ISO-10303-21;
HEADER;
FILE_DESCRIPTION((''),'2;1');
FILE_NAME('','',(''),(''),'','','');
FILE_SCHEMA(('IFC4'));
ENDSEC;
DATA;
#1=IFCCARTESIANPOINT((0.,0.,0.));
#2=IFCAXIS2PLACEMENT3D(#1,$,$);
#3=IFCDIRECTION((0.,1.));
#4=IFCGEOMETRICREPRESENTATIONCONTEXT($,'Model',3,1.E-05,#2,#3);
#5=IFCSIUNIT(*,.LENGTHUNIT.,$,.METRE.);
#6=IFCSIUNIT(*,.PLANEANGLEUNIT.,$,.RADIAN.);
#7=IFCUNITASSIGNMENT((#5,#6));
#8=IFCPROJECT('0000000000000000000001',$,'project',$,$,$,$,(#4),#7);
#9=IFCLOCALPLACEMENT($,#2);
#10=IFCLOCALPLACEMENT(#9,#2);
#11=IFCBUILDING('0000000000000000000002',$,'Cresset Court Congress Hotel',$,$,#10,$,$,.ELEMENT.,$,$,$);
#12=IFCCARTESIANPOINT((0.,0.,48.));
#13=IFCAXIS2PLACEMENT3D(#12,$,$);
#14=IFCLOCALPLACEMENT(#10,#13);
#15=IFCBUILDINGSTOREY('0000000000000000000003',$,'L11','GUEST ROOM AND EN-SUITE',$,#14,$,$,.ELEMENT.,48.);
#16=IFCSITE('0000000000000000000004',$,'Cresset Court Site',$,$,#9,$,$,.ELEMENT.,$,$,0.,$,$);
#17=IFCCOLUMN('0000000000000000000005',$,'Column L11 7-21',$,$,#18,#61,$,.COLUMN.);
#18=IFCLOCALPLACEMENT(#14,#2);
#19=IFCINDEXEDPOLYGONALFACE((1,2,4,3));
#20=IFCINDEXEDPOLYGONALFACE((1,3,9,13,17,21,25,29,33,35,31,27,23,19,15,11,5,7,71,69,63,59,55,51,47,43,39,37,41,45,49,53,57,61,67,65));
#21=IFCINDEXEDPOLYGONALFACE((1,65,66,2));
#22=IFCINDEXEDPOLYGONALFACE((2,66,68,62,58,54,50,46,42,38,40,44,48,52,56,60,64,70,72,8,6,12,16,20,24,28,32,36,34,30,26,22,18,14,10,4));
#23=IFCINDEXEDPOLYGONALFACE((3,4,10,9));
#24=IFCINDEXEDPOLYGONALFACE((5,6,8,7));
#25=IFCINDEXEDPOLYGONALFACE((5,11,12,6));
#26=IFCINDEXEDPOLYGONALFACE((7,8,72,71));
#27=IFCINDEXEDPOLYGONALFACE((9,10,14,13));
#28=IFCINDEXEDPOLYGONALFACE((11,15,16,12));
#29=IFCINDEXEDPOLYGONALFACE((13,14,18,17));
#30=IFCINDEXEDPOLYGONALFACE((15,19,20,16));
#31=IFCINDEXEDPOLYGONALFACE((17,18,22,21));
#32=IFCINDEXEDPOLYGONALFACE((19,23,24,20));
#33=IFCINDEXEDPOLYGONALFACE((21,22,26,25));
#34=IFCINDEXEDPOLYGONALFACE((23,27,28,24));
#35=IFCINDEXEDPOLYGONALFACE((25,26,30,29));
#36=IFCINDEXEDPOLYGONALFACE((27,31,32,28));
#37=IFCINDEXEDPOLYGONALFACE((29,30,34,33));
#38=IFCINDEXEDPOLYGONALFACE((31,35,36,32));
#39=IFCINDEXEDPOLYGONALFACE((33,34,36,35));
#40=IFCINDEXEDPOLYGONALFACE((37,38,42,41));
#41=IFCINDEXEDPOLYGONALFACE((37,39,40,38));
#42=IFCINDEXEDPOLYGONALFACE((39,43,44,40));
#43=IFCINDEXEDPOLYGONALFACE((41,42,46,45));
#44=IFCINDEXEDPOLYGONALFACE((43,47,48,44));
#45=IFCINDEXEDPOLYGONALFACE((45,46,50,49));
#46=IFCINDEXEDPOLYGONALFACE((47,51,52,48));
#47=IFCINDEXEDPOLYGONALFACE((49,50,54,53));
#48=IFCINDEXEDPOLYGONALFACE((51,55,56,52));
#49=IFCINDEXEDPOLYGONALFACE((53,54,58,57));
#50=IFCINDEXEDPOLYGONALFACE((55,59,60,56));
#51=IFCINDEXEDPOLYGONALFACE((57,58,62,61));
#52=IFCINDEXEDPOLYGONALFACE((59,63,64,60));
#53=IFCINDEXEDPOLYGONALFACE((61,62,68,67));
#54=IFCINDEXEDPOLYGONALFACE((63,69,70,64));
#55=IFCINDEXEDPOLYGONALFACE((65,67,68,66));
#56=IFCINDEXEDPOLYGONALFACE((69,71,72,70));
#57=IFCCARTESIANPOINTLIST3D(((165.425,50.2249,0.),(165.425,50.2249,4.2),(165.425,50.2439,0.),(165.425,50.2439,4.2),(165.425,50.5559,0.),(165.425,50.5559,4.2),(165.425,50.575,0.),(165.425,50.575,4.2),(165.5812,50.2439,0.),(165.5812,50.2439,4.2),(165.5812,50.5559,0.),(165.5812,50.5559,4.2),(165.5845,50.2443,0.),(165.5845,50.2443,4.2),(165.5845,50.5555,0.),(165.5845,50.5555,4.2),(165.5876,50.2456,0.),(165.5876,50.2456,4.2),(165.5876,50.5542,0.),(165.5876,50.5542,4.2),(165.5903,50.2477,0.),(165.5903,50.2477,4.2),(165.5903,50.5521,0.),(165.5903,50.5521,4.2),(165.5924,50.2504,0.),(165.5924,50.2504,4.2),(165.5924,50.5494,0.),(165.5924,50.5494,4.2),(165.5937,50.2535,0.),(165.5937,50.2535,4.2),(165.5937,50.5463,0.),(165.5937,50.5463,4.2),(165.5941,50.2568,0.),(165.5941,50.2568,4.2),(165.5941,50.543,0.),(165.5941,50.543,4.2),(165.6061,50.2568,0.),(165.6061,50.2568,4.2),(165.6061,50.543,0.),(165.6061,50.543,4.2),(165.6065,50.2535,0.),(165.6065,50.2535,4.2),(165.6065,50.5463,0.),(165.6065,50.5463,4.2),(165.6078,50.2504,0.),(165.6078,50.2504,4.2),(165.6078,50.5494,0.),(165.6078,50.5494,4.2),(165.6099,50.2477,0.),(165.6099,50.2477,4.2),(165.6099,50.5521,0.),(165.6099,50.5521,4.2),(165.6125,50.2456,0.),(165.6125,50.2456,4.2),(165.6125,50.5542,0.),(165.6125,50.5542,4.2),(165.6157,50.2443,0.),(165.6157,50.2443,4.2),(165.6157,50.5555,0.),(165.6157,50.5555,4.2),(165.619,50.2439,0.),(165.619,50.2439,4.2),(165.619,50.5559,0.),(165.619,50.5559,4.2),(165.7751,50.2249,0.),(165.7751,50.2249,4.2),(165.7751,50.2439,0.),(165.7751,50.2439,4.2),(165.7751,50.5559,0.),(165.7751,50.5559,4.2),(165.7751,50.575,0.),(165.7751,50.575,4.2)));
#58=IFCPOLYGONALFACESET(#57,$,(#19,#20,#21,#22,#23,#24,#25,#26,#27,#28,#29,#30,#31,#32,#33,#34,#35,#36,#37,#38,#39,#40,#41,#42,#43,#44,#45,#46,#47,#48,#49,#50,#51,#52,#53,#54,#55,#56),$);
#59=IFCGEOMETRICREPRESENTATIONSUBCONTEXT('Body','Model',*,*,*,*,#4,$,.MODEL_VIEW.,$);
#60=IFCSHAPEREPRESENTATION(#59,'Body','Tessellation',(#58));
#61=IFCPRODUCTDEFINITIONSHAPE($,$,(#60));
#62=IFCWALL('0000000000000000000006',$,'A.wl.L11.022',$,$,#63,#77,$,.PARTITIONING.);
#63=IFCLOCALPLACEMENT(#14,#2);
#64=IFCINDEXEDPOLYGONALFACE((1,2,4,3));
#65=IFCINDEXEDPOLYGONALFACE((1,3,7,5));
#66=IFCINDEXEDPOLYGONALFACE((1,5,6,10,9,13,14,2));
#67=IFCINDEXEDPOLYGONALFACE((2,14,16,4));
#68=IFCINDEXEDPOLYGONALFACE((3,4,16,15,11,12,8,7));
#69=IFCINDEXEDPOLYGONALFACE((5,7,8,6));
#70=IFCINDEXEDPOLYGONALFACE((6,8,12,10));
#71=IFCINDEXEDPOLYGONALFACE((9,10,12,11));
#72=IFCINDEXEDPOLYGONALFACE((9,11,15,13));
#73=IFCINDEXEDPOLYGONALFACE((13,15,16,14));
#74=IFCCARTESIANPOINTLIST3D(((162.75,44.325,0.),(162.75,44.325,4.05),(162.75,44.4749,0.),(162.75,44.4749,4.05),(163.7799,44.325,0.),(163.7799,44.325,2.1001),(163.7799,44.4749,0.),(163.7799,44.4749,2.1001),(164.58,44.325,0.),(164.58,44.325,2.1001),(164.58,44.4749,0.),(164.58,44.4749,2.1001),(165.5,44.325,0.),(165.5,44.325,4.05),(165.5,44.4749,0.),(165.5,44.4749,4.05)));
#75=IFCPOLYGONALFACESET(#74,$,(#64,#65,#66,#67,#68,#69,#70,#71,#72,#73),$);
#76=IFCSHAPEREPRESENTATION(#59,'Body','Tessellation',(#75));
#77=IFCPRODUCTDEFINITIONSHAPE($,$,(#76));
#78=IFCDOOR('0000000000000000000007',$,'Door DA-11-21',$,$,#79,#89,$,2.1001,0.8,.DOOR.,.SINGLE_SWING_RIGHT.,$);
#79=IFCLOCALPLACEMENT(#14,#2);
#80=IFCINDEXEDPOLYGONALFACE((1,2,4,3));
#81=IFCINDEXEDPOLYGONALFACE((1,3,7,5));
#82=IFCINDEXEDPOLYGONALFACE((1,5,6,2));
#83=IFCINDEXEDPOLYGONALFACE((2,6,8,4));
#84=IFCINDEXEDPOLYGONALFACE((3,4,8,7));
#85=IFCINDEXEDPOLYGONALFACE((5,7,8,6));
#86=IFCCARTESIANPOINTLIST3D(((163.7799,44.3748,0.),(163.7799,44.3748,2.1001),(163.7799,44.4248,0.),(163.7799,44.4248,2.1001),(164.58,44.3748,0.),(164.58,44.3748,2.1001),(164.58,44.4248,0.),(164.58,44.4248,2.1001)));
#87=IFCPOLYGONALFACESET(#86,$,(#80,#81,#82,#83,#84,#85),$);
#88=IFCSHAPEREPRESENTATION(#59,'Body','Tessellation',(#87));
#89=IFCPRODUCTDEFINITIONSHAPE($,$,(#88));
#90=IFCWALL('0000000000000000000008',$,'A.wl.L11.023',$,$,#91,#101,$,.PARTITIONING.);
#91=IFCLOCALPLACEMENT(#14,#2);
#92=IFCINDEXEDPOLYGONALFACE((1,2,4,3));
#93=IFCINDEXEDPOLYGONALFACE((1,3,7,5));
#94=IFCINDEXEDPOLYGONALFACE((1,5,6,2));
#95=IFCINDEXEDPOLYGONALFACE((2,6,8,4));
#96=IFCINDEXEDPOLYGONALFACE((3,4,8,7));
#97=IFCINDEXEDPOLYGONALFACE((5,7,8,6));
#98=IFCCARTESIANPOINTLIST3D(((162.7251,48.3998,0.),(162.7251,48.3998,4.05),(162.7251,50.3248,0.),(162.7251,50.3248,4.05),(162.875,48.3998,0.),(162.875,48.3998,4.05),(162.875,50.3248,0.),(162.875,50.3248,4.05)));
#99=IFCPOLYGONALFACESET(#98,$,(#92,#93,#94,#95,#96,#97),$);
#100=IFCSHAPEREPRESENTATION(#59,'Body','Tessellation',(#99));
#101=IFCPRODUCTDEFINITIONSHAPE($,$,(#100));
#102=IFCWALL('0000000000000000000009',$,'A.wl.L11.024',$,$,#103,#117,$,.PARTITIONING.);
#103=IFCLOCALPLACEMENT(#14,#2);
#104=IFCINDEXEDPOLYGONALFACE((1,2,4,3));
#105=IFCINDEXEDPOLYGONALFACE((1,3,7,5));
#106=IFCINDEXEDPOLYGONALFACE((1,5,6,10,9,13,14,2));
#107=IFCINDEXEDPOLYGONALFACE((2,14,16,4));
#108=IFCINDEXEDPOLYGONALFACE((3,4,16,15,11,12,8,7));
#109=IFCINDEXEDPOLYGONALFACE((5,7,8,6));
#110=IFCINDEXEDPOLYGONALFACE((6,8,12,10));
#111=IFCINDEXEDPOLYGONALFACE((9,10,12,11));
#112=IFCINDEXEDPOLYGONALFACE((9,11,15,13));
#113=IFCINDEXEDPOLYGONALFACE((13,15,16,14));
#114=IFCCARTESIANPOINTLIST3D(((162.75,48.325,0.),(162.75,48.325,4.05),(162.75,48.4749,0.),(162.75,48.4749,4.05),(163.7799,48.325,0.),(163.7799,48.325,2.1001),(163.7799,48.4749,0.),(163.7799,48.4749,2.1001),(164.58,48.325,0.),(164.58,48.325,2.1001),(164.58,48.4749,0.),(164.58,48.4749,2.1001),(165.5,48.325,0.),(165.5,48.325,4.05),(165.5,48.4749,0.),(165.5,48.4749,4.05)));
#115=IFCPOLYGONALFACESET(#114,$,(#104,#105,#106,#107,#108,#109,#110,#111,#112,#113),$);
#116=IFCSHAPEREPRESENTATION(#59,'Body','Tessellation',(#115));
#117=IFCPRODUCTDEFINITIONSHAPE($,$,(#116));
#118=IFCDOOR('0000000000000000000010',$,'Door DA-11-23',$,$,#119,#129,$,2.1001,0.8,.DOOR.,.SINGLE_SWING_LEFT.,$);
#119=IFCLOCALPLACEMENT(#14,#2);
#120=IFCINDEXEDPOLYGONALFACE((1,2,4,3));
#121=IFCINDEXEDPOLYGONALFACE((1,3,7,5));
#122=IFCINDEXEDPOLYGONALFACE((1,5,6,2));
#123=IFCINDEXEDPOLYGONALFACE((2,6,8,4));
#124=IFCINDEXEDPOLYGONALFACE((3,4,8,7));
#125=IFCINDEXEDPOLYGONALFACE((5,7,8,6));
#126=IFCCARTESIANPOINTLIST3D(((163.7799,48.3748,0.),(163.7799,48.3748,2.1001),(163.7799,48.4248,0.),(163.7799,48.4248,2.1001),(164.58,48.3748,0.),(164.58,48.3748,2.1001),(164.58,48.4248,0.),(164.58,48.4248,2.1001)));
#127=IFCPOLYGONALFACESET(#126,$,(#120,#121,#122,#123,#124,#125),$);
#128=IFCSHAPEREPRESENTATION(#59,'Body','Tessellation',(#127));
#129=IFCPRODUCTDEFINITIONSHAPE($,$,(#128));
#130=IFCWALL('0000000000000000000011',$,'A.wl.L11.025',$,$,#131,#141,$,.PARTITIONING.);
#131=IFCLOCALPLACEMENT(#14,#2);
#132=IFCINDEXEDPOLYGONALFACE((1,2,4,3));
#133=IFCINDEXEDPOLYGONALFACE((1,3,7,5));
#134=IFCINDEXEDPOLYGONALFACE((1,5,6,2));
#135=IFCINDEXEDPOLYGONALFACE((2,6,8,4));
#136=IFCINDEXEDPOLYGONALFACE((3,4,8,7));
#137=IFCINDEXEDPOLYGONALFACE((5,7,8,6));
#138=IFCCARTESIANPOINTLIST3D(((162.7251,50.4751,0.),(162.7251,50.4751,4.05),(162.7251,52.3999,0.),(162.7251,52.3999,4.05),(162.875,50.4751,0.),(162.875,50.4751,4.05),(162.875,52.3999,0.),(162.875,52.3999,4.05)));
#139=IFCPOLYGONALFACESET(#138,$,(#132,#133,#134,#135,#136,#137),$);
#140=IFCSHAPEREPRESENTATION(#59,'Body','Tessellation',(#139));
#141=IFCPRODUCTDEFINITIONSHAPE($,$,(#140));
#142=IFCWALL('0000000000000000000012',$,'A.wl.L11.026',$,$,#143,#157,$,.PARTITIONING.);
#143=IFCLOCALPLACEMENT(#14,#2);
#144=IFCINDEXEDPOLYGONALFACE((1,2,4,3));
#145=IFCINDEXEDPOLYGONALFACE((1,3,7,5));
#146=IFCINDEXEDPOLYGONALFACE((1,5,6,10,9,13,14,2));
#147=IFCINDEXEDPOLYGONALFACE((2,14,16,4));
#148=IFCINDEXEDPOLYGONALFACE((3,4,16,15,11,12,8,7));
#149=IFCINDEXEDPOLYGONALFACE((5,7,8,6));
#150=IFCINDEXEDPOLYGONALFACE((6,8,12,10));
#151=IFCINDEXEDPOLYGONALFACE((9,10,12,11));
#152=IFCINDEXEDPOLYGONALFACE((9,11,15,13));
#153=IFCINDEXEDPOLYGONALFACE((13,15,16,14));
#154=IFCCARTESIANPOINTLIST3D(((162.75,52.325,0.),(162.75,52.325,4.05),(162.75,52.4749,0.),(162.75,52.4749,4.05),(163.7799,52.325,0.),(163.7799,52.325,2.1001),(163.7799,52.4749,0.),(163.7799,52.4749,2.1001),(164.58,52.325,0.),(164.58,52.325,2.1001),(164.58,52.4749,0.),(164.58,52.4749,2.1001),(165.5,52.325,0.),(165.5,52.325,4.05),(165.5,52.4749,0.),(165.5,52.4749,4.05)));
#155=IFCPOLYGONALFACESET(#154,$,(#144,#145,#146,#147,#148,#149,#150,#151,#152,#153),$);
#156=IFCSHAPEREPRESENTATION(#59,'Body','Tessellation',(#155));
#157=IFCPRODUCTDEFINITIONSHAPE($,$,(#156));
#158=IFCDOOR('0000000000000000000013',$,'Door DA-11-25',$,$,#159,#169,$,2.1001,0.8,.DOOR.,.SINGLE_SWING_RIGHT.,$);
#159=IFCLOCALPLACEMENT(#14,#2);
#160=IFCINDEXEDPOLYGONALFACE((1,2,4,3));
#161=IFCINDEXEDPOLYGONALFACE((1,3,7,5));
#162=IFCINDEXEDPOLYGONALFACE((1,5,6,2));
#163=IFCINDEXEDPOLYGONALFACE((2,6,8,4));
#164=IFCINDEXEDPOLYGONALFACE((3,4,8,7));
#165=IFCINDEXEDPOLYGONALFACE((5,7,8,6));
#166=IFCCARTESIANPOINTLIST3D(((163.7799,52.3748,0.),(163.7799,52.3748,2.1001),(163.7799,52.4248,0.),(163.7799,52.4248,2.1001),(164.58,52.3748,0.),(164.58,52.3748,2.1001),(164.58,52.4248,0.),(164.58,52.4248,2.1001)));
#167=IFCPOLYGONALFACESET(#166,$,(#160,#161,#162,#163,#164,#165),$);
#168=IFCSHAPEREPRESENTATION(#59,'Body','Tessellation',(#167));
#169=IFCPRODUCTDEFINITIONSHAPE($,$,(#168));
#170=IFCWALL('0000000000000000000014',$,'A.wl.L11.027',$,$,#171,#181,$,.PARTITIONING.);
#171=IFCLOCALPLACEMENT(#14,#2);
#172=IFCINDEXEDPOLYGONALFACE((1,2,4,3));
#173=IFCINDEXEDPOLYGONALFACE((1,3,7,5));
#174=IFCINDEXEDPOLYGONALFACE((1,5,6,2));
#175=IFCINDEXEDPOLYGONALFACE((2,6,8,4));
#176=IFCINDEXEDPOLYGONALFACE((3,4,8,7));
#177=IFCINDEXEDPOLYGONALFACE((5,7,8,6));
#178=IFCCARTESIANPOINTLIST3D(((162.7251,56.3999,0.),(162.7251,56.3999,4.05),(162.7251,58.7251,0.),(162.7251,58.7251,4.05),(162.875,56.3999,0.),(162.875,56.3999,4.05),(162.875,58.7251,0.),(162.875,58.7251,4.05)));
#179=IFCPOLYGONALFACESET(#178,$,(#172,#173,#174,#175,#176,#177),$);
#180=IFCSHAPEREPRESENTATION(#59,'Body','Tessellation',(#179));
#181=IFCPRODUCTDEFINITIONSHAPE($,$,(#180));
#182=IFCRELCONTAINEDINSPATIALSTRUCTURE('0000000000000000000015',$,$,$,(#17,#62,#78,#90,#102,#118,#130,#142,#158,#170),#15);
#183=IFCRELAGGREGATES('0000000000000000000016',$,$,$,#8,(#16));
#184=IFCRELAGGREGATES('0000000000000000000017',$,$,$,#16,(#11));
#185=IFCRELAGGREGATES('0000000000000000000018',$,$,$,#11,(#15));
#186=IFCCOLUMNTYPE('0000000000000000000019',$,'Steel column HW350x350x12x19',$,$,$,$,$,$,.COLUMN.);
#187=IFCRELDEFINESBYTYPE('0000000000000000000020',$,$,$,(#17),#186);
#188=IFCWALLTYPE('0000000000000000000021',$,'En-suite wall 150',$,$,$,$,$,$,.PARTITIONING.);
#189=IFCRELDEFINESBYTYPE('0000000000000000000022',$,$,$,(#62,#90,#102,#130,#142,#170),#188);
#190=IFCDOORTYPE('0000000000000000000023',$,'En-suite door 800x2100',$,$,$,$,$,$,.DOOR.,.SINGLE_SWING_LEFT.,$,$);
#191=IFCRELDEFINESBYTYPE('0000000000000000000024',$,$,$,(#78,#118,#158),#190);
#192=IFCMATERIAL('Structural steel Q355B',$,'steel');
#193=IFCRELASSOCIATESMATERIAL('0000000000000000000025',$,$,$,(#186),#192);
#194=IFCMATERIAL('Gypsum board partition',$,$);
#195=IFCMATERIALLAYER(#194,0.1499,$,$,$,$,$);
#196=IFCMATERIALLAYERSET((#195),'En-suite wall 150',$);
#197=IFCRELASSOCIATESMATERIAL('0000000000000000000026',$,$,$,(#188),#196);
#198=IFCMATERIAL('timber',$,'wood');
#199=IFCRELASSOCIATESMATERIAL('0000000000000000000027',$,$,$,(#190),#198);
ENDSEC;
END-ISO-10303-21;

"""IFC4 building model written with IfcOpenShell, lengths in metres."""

from ifc_helpers import new_model, si_unit, direction, frame, frame_2d, origin, origin_2d, place, context, subcontext, project, spatial, rectangle, i_section, extrude, material, layer, layer_set, material_profile, profile_set, type_object, element, fill, save


model = new_model("IFC4")

# Units and contexts
model_context = context("Model", 3, precision=1e-05, world=origin(), true_north=direction((0.0, 1.0)))
body_context = subcontext(model_context, "Body", "Model", "MODEL_VIEW")
ifc_project = project(units=[si_unit("LENGTHUNIT", "METRE"), si_unit("PLANEANGLEUNIT", "RADIAN")], contexts=[model_context])

# Site, building, storey
site_placement = place(None, origin())
site = spatial("IfcSite", under=ifc_project, at=site_placement, Name="Cresset Court Site", CompositionType="ELEMENT", RefElevation=0.0)
building_placement = place(site_placement, origin())
building = spatial("IfcBuilding", under=site, at=building_placement, Name="Cresset Court Congress Hotel", CompositionType="ELEMENT")
storey_placement = place(building_placement, frame((0.0, 0.0, 48.0)))
storey = spatial("IfcBuildingStorey", under=building, at=storey_placement, Name="L11", Description="GUEST ROOM AND EN-SUITE", CompositionType="ELEMENT", Elevation=48.0)

# Column
ifc_material_1 = material(Name="Structural steel Q355B", Category="steel")
ifc_material_profile = material_profile(ifc_material_1, i_section(OverallWidth=0.3501, OverallDepth=0.3501, WebThickness=0.012, FlangeThickness=0.019, FilletRadius=0.0129, at=origin_2d()), Name="HW350x350x12x19")
ifc_profile_set = profile_set([ifc_material_profile], Name="Structural steel Q355B")
column_type = type_object("IfcColumnType", Name="Steel column HW350x350x12x19", PredefinedType="COLUMN", material=ifc_profile_set)
column_placement = place(storey_placement, frame((165.6001, 50.3999, 0.0), z_axis=(0.0, 0.0, 1.0), x_axis=(1.0, 0.0, 0.0)))
element("IfcColumn", 1, at=column_placement, inside=storey, type_object=column_type, Name="Column L11 7-21", PredefinedType="COLUMN", context=body_context, shape_type="SweptSolid", body=[
    extrude(i_section(OverallWidth=0.3501, OverallDepth=0.3501, WebThickness=0.012, FlangeThickness=0.019, FilletRadius=0.0129, at=origin_2d()), origin(), (0.0, 0.0, 1.0), 4.2),
])

# Wall, opening, door
ifc_material_2 = material(Name="Gypsum board partition")
ifc_layer = layer(ifc_material_2, 0.1499)
ifc_layer_set = layer_set([ifc_layer], Name="En-suite wall 150")
wall_type = type_object("IfcWallType", Name="En-suite wall 150", PredefinedType="PARTITIONING", material=ifc_layer_set)
wall_1_placement = place(storey_placement, frame((162.75, 44.3999, 0.0), z_axis=(0.0, 0.0, 1.0), x_axis=(1.0, 0.0, 0.0)))
wall_1 = element("IfcWall", 2, at=wall_1_placement, inside=storey, type_object=wall_type, Name="A.wl.L11.022", PredefinedType="PARTITIONING", context=body_context, shape_type="SweptSolid", body=[
    extrude(rectangle(XDim=2.75, YDim=0.1499, at=frame_2d((1.375, 0.0))), origin(), (0.0, 0.0, 1.0), 4.05),
])
opening_1_placement = place(wall_1_placement, frame((1.03, 0.0, 0.0)))
opening_1 = element("IfcOpeningElement", 3, at=opening_1_placement, cuts=wall_1, PredefinedType="OPENING", context=body_context, shape_type="SweptSolid", body=[
    extrude(rectangle(XDim=0.8, YDim=2.1001, at=frame_2d((0.3999, 1.05))), frame((0.0, 0.085, 0.0), z_axis=(0.0, -1.0, 0.0), x_axis=(1.0, 0.0, 0.0)), (0.0, 0.0, 1.0), 0.1699),
])
ifc_material_3 = material(Name="timber", Category="wood")
door_type = type_object("IfcDoorType", Name="En-suite door 800x2100", OperationType="SINGLE_SWING_LEFT", PredefinedType="DOOR", material=ifc_material_3)
door_1_placement = place(opening_1_placement, origin())
door_1 = element("IfcDoor", 4, at=door_1_placement, inside=storey, type_object=door_type, Name="Door DA-11-21", OperationType="SINGLE_SWING_RIGHT", OverallHeight=2.1001, OverallWidth=0.8, PredefinedType="DOOR", context=body_context, shape_type="SweptSolid", body=[
    extrude(rectangle(XDim=0.8, YDim=2.1001, at=frame_2d((0.3999, 1.05))), frame((0.0, 0.0249, 0.0), z_axis=(0.0, -1.0, 0.0), x_axis=(1.0, 0.0, 0.0)), (0.0, 0.0, 1.0), 0.05),
])
fill(opening_1, door_1)

# Wall
wall_2_placement = place(storey_placement, frame((162.8, 48.3999, 0.0), z_axis=(0.0, 0.0, 1.0), x_axis=(0.0, 1.0, 0.0)))
element("IfcWall", 5, at=wall_2_placement, inside=storey, type_object=wall_type, Name="A.wl.L11.023", PredefinedType="PARTITIONING", context=body_context, shape_type="SweptSolid", body=[
    extrude(rectangle(XDim=1.925, YDim=0.1499, at=frame_2d((0.9624, 0.0))), origin(), (0.0, 0.0, 1.0), 4.05),
])

# Wall, opening, door
wall_3_placement = place(storey_placement, frame((162.75, 48.3999, 0.0), z_axis=(0.0, 0.0, 1.0), x_axis=(1.0, 0.0, 0.0)))
wall_3 = element("IfcWall", 6, at=wall_3_placement, inside=storey, type_object=wall_type, Name="A.wl.L11.024", PredefinedType="PARTITIONING", context=body_context, shape_type="SweptSolid", body=[
    extrude(rectangle(XDim=2.75, YDim=0.1499, at=frame_2d((1.375, 0.0))), origin(), (0.0, 0.0, 1.0), 4.05),
])
opening_2_placement = place(wall_3_placement, frame((1.03, 0.0, 0.0)))
opening_2 = element("IfcOpeningElement", 7, at=opening_2_placement, cuts=wall_3, PredefinedType="OPENING", context=body_context, shape_type="SweptSolid", body=[
    extrude(rectangle(XDim=0.8, YDim=2.1001, at=frame_2d((0.3999, 1.05))), frame((0.0, 0.085, 0.0), z_axis=(0.0, -1.0, 0.0), x_axis=(1.0, 0.0, 0.0)), (0.0, 0.0, 1.0), 0.1699),
])
door_2_placement = place(opening_2_placement, origin())
door_2 = element("IfcDoor", 8, at=door_2_placement, inside=storey, type_object=door_type, Name="Door DA-11-23", OperationType="SINGLE_SWING_LEFT", OverallHeight=2.1001, OverallWidth=0.8, PredefinedType="DOOR", context=body_context, shape_type="SweptSolid", body=[
    extrude(rectangle(XDim=0.8, YDim=2.1001, at=frame_2d((0.3999, 1.05))), frame((0.0, 0.0249, 0.0), z_axis=(0.0, -1.0, 0.0), x_axis=(1.0, 0.0, 0.0)), (0.0, 0.0, 1.0), 0.05),
])
fill(opening_2, door_2)

# Wall
wall_4_placement = place(storey_placement, frame((162.8, 50.4751, 0.0), z_axis=(0.0, 0.0, 1.0), x_axis=(0.0, 1.0, 0.0)))
element("IfcWall", 9, at=wall_4_placement, inside=storey, type_object=wall_type, Name="A.wl.L11.025", PredefinedType="PARTITIONING", context=body_context, shape_type="SweptSolid", body=[
    extrude(rectangle(XDim=1.9248, YDim=0.1499, at=frame_2d((0.9624, 0.0))), origin(), (0.0, 0.0, 1.0), 4.05),
])

# Wall, opening, door
wall_5_placement = place(storey_placement, frame((162.75, 52.3999, 0.0), z_axis=(0.0, 0.0, 1.0), x_axis=(1.0, 0.0, 0.0)))
wall_5 = element("IfcWall", 10, at=wall_5_placement, inside=storey, type_object=wall_type, Name="A.wl.L11.026", PredefinedType="PARTITIONING", context=body_context, shape_type="SweptSolid", body=[
    extrude(rectangle(XDim=2.75, YDim=0.1499, at=frame_2d((1.375, 0.0))), origin(), (0.0, 0.0, 1.0), 4.05),
])
opening_3_placement = place(wall_5_placement, frame((1.03, 0.0, 0.0)))
opening_3 = element("IfcOpeningElement", 11, at=opening_3_placement, cuts=wall_5, PredefinedType="OPENING", context=body_context, shape_type="SweptSolid", body=[
    extrude(rectangle(XDim=0.8, YDim=2.1001, at=frame_2d((0.3999, 1.05))), frame((0.0, 0.085, 0.0), z_axis=(0.0, -1.0, 0.0), x_axis=(1.0, 0.0, 0.0)), (0.0, 0.0, 1.0), 0.1699),
])
door_3_placement = place(opening_3_placement, origin())
door_3 = element("IfcDoor", 12, at=door_3_placement, inside=storey, type_object=door_type, Name="Door DA-11-25", OperationType="SINGLE_SWING_RIGHT", OverallHeight=2.1001, OverallWidth=0.8, PredefinedType="DOOR", context=body_context, shape_type="SweptSolid", body=[
    extrude(rectangle(XDim=0.8, YDim=2.1001, at=frame_2d((0.3999, 1.05))), frame((0.0, 0.0249, 0.0), z_axis=(0.0, -1.0, 0.0), x_axis=(1.0, 0.0, 0.0)), (0.0, 0.0, 1.0), 0.05),
])
fill(opening_3, door_3)

# Wall
wall_6_placement = place(storey_placement, frame((162.8, 56.3999, 0.0), z_axis=(0.0, 0.0, 1.0), x_axis=(0.0, 1.0, 0.0)))
element("IfcWall", 13, at=wall_6_placement, inside=storey, type_object=wall_type, Name="A.wl.L11.027", PredefinedType="PARTITIONING", context=body_context, shape_type="SweptSolid", body=[
    extrude(rectangle(XDim=2.3252, YDim=0.1499, at=frame_2d((1.1626, 0.0))), origin(), (0.0, 0.0, 1.0), 4.05),
])

save(model, "model.ifc")
